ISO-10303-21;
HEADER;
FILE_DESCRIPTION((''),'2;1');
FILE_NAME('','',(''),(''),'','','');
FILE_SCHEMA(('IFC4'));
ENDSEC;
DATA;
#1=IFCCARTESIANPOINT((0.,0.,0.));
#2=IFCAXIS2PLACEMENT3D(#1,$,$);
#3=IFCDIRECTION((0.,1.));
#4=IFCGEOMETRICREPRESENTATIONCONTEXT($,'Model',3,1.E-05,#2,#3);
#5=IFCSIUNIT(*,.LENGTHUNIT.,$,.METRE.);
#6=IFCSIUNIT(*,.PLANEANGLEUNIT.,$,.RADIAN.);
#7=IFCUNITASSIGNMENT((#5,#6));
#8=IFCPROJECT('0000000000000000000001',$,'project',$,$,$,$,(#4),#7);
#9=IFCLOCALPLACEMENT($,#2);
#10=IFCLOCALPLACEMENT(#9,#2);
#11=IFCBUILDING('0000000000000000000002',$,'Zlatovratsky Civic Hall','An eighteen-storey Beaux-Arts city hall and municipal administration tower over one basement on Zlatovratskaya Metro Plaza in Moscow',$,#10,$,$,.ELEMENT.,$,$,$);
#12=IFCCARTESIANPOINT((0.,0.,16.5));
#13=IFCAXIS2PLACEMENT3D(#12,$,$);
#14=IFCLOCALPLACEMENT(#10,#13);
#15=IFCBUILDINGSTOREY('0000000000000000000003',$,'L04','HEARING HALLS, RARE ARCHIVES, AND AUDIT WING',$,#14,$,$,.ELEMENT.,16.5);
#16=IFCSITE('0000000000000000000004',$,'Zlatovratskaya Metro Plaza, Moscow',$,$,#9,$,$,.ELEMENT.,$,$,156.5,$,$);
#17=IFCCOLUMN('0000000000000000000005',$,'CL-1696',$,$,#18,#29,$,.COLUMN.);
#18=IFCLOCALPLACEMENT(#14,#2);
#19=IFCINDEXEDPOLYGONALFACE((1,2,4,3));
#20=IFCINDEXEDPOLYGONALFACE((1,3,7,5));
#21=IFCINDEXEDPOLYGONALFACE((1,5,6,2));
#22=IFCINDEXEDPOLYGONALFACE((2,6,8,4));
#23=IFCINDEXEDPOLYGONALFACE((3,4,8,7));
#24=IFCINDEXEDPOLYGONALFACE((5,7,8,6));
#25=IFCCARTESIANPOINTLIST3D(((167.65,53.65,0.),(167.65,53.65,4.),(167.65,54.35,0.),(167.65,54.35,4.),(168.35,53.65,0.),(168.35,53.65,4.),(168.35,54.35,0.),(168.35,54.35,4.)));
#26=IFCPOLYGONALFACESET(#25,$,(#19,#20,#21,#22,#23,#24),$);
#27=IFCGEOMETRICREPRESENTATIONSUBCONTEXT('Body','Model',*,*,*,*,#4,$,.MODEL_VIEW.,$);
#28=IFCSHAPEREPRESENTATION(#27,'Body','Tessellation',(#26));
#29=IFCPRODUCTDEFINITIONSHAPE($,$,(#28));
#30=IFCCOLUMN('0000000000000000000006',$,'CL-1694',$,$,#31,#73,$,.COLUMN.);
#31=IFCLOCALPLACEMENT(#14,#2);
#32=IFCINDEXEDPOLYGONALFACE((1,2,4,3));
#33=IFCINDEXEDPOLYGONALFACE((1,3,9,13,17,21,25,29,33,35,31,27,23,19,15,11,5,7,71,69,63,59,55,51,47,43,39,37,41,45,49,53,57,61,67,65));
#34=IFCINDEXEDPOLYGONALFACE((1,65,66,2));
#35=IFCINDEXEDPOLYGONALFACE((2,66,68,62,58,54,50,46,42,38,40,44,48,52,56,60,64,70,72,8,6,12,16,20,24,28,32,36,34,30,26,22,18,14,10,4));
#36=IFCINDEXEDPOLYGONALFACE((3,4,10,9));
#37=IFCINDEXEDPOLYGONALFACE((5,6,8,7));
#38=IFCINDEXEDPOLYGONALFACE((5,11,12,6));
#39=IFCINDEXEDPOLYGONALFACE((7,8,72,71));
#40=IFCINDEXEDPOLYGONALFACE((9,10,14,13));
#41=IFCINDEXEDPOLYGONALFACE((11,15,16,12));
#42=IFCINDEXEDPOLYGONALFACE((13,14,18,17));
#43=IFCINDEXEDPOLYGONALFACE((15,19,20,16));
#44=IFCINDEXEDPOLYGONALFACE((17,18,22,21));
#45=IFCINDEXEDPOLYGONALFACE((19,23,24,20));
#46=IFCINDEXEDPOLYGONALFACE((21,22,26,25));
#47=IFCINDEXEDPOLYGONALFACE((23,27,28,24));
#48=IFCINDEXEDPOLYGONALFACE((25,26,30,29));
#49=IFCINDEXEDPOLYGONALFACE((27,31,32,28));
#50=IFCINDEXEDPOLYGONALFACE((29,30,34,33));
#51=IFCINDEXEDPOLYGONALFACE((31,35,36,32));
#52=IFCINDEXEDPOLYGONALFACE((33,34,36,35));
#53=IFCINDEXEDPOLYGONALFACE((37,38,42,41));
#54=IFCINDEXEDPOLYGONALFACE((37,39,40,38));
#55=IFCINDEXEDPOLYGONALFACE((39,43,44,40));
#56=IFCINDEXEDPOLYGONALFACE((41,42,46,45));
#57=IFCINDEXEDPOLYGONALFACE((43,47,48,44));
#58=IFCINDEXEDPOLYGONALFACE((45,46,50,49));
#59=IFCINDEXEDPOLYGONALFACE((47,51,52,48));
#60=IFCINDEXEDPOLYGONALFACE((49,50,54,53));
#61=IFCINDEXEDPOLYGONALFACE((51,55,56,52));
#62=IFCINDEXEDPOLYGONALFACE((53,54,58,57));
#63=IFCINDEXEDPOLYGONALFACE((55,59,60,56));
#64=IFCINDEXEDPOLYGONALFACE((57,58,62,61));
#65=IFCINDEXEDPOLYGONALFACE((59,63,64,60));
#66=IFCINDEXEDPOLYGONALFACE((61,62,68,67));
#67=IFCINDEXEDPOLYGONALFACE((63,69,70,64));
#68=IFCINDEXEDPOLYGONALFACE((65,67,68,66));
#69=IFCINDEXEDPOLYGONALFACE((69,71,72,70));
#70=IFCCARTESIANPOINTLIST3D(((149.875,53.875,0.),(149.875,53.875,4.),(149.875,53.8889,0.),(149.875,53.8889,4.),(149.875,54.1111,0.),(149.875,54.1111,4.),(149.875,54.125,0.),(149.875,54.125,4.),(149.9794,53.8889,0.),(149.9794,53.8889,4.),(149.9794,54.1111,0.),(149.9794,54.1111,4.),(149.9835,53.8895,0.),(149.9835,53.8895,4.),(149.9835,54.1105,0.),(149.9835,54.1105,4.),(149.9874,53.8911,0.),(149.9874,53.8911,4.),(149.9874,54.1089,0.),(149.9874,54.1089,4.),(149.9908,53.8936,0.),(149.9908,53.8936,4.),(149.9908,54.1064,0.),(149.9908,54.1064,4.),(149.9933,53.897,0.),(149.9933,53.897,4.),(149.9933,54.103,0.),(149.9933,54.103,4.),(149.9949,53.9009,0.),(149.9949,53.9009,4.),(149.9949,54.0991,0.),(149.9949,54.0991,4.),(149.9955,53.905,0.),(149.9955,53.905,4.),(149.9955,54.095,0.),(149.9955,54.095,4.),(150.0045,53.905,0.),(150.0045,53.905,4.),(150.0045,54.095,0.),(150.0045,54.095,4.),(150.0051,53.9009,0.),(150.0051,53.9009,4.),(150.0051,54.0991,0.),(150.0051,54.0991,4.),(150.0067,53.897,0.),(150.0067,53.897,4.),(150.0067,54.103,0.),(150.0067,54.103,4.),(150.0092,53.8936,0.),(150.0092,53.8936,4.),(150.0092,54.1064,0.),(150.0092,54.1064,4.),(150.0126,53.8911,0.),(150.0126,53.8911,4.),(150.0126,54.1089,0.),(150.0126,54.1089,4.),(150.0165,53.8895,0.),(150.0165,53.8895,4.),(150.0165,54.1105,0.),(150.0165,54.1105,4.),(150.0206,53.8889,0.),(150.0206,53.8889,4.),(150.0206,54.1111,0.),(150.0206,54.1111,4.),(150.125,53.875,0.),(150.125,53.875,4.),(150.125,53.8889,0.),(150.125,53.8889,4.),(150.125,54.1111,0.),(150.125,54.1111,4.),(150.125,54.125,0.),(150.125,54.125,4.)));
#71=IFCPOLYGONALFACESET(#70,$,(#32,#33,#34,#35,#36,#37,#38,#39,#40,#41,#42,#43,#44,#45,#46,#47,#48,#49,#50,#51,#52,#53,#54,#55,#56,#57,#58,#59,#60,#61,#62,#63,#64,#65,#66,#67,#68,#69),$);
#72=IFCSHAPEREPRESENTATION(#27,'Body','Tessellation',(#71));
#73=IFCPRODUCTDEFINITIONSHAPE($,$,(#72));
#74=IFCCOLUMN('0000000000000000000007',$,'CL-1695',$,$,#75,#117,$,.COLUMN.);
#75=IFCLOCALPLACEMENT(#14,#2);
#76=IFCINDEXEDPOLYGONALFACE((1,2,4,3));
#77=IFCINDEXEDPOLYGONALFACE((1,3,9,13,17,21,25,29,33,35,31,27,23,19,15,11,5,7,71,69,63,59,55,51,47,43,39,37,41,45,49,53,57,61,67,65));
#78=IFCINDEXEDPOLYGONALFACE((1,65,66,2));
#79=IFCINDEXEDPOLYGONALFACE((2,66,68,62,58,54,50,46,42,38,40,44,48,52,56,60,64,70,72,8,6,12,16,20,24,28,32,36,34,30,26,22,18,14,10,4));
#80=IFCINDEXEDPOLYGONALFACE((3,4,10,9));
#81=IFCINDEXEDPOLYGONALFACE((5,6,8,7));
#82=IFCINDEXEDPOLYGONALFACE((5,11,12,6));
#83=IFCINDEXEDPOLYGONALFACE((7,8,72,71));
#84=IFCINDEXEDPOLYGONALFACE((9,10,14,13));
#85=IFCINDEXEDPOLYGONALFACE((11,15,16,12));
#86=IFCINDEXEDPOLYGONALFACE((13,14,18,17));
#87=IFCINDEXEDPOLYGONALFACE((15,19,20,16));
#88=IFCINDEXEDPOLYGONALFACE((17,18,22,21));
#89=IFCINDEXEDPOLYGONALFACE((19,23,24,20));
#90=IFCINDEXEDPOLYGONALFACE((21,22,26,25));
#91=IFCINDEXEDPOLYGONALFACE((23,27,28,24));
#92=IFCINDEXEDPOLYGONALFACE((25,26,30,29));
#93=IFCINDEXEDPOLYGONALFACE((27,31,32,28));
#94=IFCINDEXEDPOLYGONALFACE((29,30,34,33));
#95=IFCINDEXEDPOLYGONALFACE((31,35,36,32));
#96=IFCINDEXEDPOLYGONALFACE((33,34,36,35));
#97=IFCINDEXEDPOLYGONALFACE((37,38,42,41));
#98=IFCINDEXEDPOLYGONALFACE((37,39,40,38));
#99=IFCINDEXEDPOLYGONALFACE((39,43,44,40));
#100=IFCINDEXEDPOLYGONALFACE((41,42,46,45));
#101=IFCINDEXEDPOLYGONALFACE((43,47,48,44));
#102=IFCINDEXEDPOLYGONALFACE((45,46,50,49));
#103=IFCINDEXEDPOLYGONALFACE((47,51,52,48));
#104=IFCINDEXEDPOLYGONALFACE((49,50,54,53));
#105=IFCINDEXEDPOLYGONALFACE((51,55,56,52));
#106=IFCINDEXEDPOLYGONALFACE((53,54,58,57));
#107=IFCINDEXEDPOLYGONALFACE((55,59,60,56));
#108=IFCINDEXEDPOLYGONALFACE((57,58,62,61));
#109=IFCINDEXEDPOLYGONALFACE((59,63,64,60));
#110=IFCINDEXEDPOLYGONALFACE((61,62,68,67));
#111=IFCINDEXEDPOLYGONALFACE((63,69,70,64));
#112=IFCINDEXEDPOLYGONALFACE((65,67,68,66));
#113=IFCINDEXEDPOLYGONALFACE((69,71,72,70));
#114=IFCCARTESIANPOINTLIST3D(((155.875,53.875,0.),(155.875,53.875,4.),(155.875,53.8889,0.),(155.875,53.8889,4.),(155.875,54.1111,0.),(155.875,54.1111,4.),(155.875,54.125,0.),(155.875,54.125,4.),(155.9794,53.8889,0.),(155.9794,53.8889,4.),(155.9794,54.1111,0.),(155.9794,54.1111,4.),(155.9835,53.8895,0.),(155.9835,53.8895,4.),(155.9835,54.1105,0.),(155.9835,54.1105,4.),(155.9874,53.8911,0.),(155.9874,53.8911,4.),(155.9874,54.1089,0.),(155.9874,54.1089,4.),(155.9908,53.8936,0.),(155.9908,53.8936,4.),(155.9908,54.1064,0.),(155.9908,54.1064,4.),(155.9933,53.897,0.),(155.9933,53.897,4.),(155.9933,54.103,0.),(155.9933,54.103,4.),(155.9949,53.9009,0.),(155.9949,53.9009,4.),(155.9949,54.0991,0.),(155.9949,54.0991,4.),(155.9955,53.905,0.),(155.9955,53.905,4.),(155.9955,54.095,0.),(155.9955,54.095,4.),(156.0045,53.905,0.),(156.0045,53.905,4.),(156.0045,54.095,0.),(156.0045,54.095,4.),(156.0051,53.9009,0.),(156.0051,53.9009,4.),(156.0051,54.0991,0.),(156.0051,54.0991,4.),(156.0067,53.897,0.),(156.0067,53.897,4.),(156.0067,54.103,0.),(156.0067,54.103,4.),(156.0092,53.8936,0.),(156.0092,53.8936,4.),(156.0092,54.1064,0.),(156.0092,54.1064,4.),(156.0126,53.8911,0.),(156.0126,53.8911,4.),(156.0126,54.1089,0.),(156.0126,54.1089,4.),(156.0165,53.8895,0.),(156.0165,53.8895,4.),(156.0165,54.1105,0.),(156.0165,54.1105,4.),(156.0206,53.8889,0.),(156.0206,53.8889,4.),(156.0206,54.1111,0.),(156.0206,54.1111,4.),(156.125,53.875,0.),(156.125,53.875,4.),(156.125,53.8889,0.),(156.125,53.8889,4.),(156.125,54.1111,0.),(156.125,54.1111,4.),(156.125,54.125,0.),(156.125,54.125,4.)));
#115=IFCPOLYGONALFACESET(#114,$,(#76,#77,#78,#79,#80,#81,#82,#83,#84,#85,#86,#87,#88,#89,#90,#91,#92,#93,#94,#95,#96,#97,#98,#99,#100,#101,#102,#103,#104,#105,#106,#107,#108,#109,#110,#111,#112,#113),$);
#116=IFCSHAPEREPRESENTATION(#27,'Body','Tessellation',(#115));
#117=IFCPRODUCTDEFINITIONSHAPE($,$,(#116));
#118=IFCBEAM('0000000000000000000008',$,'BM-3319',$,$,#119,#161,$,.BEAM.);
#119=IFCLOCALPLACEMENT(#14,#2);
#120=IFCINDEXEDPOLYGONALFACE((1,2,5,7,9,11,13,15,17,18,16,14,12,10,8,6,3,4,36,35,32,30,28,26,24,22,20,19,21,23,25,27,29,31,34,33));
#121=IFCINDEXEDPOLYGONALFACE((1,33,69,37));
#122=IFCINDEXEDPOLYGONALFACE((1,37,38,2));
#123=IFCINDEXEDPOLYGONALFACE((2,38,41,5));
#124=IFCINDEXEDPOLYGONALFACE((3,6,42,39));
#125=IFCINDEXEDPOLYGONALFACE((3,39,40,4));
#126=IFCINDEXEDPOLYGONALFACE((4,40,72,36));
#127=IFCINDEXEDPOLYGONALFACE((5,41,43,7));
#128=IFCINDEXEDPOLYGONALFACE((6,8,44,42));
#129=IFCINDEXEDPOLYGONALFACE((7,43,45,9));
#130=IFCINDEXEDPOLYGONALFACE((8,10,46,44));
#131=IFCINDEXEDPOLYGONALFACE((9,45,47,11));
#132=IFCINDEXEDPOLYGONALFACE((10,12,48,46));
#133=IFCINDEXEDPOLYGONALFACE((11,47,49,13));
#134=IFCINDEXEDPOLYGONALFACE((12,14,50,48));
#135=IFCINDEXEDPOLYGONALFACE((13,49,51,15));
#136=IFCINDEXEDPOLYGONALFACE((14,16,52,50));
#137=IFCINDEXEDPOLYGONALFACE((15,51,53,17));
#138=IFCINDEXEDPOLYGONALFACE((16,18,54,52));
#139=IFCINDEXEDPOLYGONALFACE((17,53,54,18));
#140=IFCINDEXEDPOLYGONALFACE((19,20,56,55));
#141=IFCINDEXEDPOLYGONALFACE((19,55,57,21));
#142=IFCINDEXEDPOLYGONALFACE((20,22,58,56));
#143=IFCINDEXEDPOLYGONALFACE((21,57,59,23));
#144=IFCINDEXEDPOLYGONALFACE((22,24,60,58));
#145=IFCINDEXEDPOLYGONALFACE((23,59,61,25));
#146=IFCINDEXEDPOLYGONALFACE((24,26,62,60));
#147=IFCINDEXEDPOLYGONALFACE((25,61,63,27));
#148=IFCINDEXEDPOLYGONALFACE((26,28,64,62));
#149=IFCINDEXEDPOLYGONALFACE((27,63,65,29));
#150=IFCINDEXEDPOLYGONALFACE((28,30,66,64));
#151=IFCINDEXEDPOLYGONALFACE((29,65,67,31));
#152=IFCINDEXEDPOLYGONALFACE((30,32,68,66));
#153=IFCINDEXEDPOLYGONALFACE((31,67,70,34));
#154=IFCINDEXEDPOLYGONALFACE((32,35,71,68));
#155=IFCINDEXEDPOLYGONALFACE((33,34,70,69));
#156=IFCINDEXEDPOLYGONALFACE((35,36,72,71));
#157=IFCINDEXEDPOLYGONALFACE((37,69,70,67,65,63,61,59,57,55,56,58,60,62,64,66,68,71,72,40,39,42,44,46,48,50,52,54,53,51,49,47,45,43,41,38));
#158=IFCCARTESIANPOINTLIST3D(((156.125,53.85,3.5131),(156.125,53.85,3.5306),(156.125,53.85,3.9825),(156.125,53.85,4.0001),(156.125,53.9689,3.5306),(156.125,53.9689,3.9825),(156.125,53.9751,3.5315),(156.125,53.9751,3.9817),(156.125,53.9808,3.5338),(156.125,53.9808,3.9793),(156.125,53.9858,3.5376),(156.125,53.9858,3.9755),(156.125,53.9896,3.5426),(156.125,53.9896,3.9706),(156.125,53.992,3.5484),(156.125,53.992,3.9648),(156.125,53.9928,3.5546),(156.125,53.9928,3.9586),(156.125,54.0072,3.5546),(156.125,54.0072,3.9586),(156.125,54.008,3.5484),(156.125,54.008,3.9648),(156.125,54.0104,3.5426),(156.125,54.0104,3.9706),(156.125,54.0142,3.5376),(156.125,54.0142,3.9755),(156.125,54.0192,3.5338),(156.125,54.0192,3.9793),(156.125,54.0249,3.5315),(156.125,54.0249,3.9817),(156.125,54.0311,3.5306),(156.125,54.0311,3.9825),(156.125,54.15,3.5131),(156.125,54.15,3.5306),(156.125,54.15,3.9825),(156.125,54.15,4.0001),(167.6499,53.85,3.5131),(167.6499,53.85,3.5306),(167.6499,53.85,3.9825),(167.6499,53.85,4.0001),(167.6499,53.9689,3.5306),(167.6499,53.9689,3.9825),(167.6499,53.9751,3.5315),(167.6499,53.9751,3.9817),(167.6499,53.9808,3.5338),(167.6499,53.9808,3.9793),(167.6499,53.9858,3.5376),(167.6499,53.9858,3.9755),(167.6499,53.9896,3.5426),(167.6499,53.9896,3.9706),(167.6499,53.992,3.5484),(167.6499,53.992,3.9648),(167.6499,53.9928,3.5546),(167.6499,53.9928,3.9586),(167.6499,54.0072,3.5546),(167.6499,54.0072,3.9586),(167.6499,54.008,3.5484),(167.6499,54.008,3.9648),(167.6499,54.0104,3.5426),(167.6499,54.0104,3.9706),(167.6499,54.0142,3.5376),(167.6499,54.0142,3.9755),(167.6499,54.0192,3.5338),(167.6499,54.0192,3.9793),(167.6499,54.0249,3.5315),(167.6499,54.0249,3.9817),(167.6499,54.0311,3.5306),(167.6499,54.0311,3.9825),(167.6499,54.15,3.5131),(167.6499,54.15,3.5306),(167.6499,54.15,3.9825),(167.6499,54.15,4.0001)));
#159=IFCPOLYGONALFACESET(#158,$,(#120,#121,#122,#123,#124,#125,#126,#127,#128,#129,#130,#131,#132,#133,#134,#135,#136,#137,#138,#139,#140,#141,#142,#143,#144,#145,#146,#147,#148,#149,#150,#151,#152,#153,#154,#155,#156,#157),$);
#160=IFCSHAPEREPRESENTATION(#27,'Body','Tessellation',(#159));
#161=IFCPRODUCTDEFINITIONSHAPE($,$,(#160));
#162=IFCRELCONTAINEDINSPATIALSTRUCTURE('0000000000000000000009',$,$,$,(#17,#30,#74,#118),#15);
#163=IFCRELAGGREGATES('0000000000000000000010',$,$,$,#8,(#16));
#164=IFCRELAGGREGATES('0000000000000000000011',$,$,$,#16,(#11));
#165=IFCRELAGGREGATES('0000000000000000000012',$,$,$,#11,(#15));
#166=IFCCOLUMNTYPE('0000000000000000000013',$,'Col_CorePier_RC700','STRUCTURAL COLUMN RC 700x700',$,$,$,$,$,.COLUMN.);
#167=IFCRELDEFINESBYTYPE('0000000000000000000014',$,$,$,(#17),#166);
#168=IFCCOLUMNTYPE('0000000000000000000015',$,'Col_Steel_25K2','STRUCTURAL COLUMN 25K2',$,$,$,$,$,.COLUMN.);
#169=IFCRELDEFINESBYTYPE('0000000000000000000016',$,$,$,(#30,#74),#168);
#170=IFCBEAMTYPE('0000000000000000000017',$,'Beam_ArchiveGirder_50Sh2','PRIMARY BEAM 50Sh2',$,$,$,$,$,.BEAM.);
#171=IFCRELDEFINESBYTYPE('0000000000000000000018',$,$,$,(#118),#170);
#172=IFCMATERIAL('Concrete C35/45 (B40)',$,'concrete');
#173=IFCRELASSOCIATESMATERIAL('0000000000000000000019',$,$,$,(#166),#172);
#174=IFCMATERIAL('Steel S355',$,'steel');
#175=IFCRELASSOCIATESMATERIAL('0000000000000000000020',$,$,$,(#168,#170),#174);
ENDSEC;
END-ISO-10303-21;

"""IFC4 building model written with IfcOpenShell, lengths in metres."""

from ifc_helpers import new_model, si_unit, direction, frame, origin, origin_2d, place, context, subcontext, project, spatial, rectangle, i_section, extrude, material, material_profile, profile_set, type_object, element, save


model = new_model("IFC4")

# Units and contexts
model_context = context("Model", 3, precision=1e-05, world=origin(), true_north=direction((0.0, 1.0)))
body_context = subcontext(model_context, "Body", "Model", "MODEL_VIEW")
ifc_project = project(units=[si_unit("LENGTHUNIT", "METRE"), si_unit("PLANEANGLEUNIT", "RADIAN")], contexts=[model_context])

# Site, building, storey
site_placement = place(None, origin())
site = spatial("IfcSite", under=ifc_project, at=site_placement, Name="Zlatovratskaya Metro Plaza, Moscow", CompositionType="ELEMENT", RefElevation=156.5)
building_placement = place(site_placement, origin())
building = spatial("IfcBuilding", under=site, at=building_placement, Name="Zlatovratsky Civic Hall", Description="An eighteen-storey Beaux-Arts city hall and municipal administration tower over one basement on Zlatovratskaya Metro Plaza in Moscow", CompositionType="ELEMENT")
storey_placement = place(building_placement, frame((0.0, 0.0, 16.5)))
storey = spatial("IfcBuildingStorey", under=building, at=storey_placement, Name="L04", Description="HEARING HALLS, RARE ARCHIVES, AND AUDIT WING", CompositionType="ELEMENT", Elevation=16.5)

# Columns
ifc_material_1 = material(Name="Concrete C35/45 (B40)", Category="concrete")
ifc_material_profile_1 = material_profile(ifc_material_1, rectangle(XDim=0.7, YDim=0.7, at=origin_2d()), Name="RC 700x700")
ifc_profile_set_1 = profile_set([ifc_material_profile_1], Name="Concrete C35/45 (B40)")
column_type_1 = type_object("IfcColumnType", Name="Col_CorePier_RC700", Description="STRUCTURAL COLUMN RC 700x700", PredefinedType="COLUMN", material=ifc_profile_set_1)
column_placement = place(storey_placement, frame((168.0, 54.0, 0.0), z_axis=(0.0, 0.0, 1.0), x_axis=(1.0, 0.0, 0.0)))
element("IfcColumn", 1, at=column_placement, inside=storey, type_object=column_type_1, Name="CL-1696", PredefinedType="COLUMN", context=body_context, shape_type="SweptSolid", body=[
    extrude(rectangle(XDim=0.7, YDim=0.7, at=origin_2d()), origin(), (0.0, 0.0, 1.0), 4.0),
])
ifc_material_2 = material(Name="Steel S355", Category="steel")
ifc_material_profile_2 = material_profile(ifc_material_2, i_section(OverallWidth=0.25, OverallDepth=0.25, WebThickness=0.009, FlangeThickness=0.0139, FilletRadius=0.0161, at=origin_2d()), Name="25K2")
ifc_profile_set_2 = profile_set([ifc_material_profile_2], Name="Steel S355")
column_type_2 = type_object("IfcColumnType", Name="Col_Steel_25K2", Description="STRUCTURAL COLUMN 25K2", PredefinedType="COLUMN", material=ifc_profile_set_2)
for number, where, z_axis, x_axis, name in (
    (2, (150.0, 54.0, 0.0), (0.0, 0.0, 1.0), (1.0, 0.0, 0.0), "CL-1694"),
    (3, (156.0, 54.0, 0.0), (0.0, 0.0, 1.0), (1.0, 0.0, 0.0), "CL-1695"),
):
    element("IfcColumn", number, at=place(storey_placement, frame(where, z_axis=z_axis, x_axis=x_axis)), inside=storey, type_object=column_type_2, Name=name, PredefinedType="COLUMN", context=body_context, shape_type="SweptSolid", body=[
        extrude(i_section(OverallWidth=0.25, OverallDepth=0.25, WebThickness=0.009, FlangeThickness=0.0139, FilletRadius=0.0161, at=origin_2d()), origin(), (0.0, 0.0, 1.0), 4.0),
    ])

# Beam
ifc_material_profile_3 = material_profile(ifc_material_2, i_section(OverallWidth=0.3, OverallDepth=0.4871, WebThickness=0.0144, FlangeThickness=0.0176, FilletRadius=0.0239, at=origin_2d()), Name="50Sh2")
ifc_profile_set_3 = profile_set([ifc_material_profile_3], Name="Steel S355")
beam_type_1 = type_object("IfcBeamType", Name="Beam_ArchiveGirder_50Sh2", Description="PRIMARY BEAM 50Sh2", PredefinedType="BEAM", material=ifc_profile_set_3)
beam_1_placement = place(storey_placement, frame((156.125, 54.0, 3.7566), z_axis=(1.0, 0.0, 0.0), x_axis=(0.0, 1.0, 0.0)))
element("IfcBeam", 4, at=beam_1_placement, inside=storey, type_object=beam_type_1, Name="BM-3319", PredefinedType="BEAM", context=body_context, shape_type="SweptSolid", body=[
    extrude(i_section(OverallWidth=0.3, OverallDepth=0.4871, WebThickness=0.0144, FlangeThickness=0.0176, FilletRadius=0.0239, at=origin_2d()), origin(), (0.0, 0.0, 1.0), 11.5249),
])

save(model, "model.ifc")
